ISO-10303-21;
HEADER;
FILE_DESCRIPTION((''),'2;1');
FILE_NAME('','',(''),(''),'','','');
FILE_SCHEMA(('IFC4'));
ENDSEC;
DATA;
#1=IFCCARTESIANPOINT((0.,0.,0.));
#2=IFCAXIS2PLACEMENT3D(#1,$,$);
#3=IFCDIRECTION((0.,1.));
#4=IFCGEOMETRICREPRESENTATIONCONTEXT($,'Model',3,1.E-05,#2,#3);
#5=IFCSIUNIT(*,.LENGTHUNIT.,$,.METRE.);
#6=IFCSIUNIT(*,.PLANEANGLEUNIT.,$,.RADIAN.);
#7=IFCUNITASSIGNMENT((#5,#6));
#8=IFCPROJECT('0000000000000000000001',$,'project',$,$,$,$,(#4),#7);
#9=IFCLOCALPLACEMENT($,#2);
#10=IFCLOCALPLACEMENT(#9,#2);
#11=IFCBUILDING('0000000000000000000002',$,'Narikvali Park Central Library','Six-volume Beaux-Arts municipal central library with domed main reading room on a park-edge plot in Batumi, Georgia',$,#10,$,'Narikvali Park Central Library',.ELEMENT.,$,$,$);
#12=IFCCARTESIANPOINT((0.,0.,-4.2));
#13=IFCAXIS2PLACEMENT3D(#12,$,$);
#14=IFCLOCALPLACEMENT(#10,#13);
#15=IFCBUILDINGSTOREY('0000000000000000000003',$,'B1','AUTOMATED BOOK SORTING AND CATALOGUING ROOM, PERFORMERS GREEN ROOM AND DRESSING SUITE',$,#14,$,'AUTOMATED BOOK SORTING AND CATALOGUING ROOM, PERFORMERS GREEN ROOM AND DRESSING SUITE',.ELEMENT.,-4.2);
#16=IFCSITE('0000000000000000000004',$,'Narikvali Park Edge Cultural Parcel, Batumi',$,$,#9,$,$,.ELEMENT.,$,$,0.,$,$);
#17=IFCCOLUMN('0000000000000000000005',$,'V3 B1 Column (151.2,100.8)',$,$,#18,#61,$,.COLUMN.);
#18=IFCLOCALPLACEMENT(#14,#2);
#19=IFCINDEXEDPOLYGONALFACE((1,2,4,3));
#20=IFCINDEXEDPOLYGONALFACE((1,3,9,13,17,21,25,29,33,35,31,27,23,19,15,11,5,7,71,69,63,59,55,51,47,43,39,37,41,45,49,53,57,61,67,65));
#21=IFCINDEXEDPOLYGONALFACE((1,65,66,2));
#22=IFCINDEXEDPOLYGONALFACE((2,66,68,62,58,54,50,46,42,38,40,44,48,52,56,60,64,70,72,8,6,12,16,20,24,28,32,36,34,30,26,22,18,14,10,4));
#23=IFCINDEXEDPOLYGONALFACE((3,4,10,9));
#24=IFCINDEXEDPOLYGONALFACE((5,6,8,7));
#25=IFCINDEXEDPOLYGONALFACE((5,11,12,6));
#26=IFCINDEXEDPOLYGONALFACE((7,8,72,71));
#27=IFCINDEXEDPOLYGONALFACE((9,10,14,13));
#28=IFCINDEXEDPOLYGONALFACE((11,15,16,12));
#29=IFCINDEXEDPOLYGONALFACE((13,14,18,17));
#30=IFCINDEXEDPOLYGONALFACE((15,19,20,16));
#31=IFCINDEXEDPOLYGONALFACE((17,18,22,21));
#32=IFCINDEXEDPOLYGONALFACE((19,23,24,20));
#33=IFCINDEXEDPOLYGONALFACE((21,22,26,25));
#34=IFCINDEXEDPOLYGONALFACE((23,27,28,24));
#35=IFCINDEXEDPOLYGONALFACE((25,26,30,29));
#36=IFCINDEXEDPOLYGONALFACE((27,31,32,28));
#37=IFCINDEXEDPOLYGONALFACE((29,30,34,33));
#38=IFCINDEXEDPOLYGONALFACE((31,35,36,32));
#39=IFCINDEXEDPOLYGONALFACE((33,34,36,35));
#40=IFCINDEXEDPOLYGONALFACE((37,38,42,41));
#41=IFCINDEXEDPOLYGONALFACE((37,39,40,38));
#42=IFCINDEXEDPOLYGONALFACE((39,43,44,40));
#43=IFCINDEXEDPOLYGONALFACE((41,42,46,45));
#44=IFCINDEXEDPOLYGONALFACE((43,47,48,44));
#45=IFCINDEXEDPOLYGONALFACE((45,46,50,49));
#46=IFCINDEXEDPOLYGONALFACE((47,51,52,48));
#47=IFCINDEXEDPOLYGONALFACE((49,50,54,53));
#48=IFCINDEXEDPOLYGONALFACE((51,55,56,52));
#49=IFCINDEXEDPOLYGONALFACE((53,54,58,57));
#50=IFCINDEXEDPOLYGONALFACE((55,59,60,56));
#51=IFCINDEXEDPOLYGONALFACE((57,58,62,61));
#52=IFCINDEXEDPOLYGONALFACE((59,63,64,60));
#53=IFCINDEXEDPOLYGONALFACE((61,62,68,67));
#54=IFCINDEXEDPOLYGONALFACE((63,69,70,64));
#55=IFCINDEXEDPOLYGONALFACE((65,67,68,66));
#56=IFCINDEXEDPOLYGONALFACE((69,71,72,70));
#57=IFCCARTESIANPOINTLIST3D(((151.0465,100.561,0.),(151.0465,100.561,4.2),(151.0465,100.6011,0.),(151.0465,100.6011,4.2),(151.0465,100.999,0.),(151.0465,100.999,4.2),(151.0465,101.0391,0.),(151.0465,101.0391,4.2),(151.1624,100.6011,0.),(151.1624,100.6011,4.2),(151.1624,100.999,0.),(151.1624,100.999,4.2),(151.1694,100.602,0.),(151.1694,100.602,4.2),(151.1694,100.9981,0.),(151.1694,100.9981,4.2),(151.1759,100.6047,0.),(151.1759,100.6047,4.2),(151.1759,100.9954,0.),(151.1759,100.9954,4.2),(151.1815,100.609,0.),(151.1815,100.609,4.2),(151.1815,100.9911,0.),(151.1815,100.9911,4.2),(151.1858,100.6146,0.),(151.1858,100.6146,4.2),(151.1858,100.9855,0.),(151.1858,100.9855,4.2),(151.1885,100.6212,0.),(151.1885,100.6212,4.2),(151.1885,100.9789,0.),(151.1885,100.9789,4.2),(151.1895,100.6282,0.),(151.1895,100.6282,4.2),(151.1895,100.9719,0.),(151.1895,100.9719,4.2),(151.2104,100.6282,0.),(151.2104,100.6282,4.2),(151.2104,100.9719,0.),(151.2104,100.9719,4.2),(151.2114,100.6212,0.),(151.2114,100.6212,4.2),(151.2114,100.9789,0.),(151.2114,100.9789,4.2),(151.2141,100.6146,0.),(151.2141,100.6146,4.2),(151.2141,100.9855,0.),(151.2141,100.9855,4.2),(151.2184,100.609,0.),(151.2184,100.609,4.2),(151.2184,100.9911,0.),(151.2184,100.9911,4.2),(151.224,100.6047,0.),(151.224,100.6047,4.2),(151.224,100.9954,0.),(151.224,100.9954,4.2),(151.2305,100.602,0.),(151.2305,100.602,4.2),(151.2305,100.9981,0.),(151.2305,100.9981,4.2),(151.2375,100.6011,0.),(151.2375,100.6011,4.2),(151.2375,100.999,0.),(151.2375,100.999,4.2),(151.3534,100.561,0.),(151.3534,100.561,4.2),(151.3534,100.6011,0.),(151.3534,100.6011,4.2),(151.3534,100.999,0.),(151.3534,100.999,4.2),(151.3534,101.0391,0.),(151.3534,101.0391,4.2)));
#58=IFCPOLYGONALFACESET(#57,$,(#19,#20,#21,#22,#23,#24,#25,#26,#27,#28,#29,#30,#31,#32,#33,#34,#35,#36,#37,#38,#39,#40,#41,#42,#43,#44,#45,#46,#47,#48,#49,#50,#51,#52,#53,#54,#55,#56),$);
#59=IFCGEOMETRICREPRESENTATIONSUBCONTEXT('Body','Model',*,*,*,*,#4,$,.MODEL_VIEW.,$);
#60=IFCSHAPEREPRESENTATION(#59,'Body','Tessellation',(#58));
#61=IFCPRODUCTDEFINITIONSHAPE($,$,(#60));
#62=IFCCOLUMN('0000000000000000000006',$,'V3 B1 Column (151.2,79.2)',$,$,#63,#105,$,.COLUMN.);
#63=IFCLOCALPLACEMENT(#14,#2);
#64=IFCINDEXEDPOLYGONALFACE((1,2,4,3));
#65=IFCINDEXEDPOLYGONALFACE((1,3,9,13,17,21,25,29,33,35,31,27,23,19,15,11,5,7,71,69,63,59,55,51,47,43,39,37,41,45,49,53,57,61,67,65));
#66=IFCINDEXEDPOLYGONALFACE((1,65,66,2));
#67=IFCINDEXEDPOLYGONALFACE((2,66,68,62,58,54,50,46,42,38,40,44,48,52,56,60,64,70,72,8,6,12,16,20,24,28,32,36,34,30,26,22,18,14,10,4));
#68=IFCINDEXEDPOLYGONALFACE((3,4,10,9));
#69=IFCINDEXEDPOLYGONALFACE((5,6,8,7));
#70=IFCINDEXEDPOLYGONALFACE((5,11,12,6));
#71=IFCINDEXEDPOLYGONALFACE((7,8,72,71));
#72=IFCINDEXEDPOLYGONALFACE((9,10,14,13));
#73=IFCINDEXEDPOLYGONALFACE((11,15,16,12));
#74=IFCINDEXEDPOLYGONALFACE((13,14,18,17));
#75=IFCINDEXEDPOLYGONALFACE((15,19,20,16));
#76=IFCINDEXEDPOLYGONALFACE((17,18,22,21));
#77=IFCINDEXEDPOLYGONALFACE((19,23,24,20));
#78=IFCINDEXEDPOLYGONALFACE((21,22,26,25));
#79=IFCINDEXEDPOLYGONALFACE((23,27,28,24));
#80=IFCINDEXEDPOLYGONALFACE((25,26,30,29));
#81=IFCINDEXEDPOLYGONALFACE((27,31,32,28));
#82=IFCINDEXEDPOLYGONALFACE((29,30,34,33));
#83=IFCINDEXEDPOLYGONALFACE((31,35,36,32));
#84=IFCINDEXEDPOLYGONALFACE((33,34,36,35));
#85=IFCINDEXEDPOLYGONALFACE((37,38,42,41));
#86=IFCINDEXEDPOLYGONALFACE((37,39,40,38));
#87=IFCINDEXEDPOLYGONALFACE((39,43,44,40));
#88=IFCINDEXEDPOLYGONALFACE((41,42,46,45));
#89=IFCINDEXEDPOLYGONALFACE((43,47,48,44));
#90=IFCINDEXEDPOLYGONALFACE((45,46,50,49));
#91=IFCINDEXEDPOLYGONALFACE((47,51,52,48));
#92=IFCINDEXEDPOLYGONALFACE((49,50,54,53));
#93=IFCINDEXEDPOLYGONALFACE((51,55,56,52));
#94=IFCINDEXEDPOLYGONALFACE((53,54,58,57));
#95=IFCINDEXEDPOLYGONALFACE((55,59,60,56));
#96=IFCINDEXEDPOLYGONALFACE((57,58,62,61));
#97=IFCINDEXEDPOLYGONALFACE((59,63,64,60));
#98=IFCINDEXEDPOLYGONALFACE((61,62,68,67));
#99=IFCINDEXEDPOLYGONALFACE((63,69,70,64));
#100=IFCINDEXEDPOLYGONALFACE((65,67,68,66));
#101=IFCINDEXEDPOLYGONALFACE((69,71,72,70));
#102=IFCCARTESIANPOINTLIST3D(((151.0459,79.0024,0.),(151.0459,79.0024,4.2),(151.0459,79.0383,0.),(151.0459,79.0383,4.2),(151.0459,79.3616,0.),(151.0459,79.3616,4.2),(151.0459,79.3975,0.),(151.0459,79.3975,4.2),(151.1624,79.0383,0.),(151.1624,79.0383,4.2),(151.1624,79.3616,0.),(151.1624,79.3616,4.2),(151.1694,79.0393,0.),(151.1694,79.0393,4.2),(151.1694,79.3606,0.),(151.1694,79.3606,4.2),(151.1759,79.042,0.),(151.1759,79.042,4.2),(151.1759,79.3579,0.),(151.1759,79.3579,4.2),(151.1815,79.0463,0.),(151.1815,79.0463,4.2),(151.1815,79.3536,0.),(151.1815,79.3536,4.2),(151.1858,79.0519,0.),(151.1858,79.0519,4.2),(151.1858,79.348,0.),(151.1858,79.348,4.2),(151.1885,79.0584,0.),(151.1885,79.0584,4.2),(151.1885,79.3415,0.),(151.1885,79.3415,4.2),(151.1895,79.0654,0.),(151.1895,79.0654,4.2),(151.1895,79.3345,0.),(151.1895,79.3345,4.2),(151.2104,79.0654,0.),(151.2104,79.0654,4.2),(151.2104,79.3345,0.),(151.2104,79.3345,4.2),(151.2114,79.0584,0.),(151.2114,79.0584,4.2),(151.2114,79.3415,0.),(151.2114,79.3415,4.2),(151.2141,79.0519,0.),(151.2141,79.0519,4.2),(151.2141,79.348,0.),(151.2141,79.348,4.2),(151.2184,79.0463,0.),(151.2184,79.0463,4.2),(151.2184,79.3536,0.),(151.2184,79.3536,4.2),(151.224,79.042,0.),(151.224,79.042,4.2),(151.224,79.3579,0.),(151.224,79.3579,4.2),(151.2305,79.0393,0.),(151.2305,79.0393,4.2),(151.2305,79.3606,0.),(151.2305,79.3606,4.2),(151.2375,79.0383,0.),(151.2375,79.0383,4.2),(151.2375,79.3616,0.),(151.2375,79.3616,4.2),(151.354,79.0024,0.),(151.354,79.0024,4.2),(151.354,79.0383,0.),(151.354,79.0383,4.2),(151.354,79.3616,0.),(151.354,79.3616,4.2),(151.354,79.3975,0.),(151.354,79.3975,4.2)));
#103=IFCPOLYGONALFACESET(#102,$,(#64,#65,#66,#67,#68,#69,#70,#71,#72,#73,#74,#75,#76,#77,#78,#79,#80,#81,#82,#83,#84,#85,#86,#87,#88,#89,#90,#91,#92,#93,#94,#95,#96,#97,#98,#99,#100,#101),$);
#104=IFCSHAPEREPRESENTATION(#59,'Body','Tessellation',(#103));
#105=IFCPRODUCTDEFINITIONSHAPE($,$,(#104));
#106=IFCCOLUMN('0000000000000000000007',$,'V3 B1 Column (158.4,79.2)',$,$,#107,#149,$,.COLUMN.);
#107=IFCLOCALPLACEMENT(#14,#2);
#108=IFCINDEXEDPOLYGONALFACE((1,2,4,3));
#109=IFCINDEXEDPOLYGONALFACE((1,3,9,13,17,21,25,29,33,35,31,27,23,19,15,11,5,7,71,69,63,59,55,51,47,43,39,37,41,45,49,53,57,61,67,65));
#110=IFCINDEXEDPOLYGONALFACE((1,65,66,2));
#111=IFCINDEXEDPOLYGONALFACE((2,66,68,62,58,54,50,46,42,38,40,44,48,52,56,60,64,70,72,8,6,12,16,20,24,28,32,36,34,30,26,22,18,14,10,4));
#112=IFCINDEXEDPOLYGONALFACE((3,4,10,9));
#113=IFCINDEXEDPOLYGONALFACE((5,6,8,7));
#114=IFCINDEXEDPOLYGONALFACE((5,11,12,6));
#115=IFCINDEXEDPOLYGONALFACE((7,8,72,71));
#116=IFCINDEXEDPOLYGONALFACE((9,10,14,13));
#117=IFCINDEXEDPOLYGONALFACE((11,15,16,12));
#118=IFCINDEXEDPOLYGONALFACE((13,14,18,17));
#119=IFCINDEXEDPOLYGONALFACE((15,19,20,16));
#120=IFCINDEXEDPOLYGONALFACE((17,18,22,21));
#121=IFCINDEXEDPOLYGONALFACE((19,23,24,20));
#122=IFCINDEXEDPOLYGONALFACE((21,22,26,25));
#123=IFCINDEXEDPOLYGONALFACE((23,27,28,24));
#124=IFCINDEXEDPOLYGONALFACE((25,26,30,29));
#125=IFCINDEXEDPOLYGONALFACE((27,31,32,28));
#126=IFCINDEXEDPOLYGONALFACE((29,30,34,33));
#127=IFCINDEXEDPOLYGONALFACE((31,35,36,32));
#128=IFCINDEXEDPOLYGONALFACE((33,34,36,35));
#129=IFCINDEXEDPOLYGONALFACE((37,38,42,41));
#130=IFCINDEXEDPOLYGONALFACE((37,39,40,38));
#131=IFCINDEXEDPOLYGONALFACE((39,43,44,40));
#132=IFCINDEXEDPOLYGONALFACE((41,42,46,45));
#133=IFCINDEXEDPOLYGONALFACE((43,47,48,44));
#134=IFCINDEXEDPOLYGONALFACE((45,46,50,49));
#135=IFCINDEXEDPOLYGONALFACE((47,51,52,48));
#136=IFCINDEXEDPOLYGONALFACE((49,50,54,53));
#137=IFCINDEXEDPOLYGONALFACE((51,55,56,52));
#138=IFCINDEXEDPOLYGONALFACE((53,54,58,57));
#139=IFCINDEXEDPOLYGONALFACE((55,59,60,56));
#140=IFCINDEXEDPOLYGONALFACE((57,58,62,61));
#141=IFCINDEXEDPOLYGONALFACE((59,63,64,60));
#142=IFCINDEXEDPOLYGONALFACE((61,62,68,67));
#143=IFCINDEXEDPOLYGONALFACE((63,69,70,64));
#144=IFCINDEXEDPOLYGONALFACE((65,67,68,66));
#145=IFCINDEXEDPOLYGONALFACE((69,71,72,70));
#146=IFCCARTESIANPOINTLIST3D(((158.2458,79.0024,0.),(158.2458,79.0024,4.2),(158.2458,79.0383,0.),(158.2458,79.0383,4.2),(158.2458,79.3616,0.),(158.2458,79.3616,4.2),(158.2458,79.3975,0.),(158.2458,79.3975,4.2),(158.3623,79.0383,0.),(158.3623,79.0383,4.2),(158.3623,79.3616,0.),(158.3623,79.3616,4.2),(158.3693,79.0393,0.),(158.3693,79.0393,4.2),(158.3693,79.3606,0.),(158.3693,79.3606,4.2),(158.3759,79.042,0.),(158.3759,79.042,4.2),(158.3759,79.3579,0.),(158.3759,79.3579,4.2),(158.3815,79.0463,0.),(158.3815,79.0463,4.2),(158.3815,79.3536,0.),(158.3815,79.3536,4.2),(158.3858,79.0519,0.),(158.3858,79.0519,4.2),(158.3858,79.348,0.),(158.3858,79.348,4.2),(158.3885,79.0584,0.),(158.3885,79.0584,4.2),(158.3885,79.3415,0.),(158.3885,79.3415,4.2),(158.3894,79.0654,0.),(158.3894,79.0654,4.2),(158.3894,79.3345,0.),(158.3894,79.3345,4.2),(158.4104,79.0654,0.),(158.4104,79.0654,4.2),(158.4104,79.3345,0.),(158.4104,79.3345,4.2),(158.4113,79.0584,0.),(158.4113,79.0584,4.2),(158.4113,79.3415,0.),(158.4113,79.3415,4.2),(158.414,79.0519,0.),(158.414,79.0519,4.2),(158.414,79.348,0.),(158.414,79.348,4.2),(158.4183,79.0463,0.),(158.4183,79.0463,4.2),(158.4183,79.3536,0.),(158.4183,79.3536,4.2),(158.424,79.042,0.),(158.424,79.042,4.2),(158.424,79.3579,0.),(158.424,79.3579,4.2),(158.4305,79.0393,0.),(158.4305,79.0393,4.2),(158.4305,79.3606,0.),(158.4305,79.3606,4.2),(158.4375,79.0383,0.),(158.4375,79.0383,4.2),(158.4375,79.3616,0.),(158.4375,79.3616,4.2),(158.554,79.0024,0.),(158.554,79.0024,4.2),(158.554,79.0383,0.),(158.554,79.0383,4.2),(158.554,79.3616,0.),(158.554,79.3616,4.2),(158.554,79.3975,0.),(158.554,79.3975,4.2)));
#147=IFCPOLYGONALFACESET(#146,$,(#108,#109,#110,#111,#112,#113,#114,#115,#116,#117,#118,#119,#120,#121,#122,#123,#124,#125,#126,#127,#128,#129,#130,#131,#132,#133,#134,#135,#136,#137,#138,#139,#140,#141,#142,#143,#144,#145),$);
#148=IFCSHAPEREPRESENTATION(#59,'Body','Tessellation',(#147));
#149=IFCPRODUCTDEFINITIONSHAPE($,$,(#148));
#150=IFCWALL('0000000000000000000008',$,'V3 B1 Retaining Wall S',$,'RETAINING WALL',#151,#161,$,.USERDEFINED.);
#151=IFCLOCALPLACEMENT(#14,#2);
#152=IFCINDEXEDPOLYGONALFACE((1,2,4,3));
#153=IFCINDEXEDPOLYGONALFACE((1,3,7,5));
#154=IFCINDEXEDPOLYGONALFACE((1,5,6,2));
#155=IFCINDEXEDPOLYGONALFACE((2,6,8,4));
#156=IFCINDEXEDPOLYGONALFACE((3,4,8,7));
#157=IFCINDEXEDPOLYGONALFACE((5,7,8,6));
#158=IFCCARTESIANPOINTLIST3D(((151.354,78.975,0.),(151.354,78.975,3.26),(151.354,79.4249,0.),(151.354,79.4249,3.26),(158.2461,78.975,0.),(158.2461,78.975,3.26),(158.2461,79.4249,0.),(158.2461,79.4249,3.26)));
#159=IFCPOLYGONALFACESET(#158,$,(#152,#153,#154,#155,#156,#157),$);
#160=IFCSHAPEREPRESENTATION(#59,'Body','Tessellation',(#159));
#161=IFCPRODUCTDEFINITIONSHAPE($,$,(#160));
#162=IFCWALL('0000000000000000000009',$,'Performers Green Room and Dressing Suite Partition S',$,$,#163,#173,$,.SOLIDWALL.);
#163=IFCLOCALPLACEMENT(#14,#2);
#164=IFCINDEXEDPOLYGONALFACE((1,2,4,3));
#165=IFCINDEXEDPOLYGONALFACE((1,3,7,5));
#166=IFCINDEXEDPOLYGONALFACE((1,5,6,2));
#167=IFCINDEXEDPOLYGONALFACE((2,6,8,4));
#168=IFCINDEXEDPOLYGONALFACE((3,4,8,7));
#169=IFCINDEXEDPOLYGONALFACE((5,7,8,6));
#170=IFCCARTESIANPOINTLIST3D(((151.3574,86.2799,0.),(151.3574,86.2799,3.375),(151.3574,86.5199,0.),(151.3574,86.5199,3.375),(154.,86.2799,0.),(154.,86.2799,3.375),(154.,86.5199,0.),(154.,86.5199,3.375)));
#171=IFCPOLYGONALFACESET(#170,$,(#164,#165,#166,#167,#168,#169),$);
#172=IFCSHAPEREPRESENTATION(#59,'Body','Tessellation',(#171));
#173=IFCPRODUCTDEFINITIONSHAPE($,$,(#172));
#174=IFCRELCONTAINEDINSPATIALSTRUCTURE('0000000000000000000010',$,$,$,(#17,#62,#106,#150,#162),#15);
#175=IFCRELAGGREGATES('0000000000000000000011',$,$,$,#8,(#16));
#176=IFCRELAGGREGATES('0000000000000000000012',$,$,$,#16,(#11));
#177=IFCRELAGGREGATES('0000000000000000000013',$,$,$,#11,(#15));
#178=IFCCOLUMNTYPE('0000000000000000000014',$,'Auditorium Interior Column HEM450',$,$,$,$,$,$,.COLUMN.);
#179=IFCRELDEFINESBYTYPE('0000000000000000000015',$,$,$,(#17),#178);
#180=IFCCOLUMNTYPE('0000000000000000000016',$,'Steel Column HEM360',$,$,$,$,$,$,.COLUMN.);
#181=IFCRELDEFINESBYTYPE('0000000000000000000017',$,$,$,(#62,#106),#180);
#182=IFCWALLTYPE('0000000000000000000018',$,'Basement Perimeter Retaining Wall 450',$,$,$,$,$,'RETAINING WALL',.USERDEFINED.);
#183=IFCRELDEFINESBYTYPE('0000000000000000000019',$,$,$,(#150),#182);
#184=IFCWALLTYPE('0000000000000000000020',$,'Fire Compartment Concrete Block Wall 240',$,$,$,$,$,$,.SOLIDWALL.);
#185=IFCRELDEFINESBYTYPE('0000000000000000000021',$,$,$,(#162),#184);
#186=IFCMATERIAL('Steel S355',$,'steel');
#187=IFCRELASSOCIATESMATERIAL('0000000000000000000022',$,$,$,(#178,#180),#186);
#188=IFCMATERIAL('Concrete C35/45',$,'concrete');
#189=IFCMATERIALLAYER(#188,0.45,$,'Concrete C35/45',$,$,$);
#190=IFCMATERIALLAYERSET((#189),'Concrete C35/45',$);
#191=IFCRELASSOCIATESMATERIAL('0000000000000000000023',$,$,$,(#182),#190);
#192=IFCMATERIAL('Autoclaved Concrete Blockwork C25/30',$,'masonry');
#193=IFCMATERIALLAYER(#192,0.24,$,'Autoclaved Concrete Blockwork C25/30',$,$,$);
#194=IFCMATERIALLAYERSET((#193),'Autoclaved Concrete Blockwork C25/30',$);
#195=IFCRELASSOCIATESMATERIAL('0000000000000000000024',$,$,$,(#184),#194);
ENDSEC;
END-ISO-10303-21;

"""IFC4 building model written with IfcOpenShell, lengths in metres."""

from ifc_helpers import new_model, si_unit, direction, frame, frame_2d, origin, origin_2d, place, context, subcontext, project, spatial, rectangle, i_section, extrude, material, layer, layer_set, material_profile, profile_set, type_object, element, save


model = new_model("IFC4")

# Units and contexts
model_context = context("Model", 3, precision=1e-05, world=origin(), true_north=direction((0.0, 1.0)))
body_context = subcontext(model_context, "Body", "Model", "MODEL_VIEW")
ifc_project = project(units=[si_unit("LENGTHUNIT", "METRE"), si_unit("PLANEANGLEUNIT", "RADIAN")], contexts=[model_context])

# Site, building, storey
site_placement = place(None, origin())
site = spatial("IfcSite", under=ifc_project, at=site_placement, Name="Narikvali Park Edge Cultural Parcel, Batumi", CompositionType="ELEMENT", RefElevation=0.0)
building_placement = place(site_placement, origin())
building = spatial("IfcBuilding", under=site, at=building_placement, Name="Narikvali Park Central Library", Description="Six-volume Beaux-Arts municipal central library with domed main reading room on a park-edge plot in Batumi, Georgia", LongName="Narikvali Park Central Library", CompositionType="ELEMENT")
storey_placement = place(building_placement, frame((0.0, 0.0, -4.2)))
storey = spatial("IfcBuildingStorey", under=building, at=storey_placement, Name="B1", Description="AUTOMATED BOOK SORTING AND CATALOGUING ROOM, PERFORMERS GREEN ROOM AND DRESSING SUITE", LongName="AUTOMATED BOOK SORTING AND CATALOGUING ROOM, PERFORMERS GREEN ROOM AND DRESSING SUITE", CompositionType="ELEMENT", Elevation=-4.2)

# Shared definitions
ifc_material_1 = material(Name="Concrete C35/45", Category="concrete")

# Columns
ifc_material_2 = material(Name="Steel S355", Category="steel")
ifc_material_profile_1 = material_profile(ifc_material_2, i_section(OverallWidth=0.3069, OverallDepth=0.478, WebThickness=0.021, FlangeThickness=0.04, FilletRadius=0.0271, at=origin_2d()), Name="HEM 450")
ifc_profile_set_1 = profile_set([ifc_material_profile_1], Name="Steel S355")
column_type_1 = type_object("IfcColumnType", Name="Auditorium Interior Column HEM450", PredefinedType="COLUMN", material=ifc_profile_set_1)
for number, where, z_axis, x_axis, name in (
    (1, (151.2, 100.8, 0.0), (0.0, 0.0, 1.0), (1.0, 0.0, 0.0), "V3 B1 Column (151.2,100.8)"),
):
    element("IfcColumn", number, at=place(storey_placement, frame(where, z_axis=z_axis, x_axis=x_axis)), inside=storey, type_object=column_type_1, Name=name, PredefinedType="COLUMN", context=body_context, shape_type="SweptSolid", body=[
        extrude(i_section(OverallWidth=0.3069, OverallDepth=0.478, WebThickness=0.021, FlangeThickness=0.04, FilletRadius=0.0271, at=origin_2d()), origin(), (0.0, 0.0, 1.0), 4.2),
    ])
ifc_material_profile_2 = material_profile(ifc_material_2, i_section(OverallWidth=0.3081, OverallDepth=0.395, WebThickness=0.021, FlangeThickness=0.0359, FilletRadius=0.0271, at=origin_2d()), Name="HEM 360")
ifc_profile_set_2 = profile_set([ifc_material_profile_2], Name="Steel S355")
column_type_2 = type_object("IfcColumnType", Name="Steel Column HEM360", PredefinedType="COLUMN", material=ifc_profile_set_2)
for number, where, z_axis, x_axis, name in (
    (2, (151.2, 79.2, 0.0), (0.0, 0.0, 1.0), (1.0, 0.0, 0.0), "V3 B1 Column (151.2,79.2)"),
    (3, (158.3999, 79.2, 0.0), (0.0, 0.0, 1.0), (1.0, 0.0, 0.0), "V3 B1 Column (158.4,79.2)"),
):
    element("IfcColumn", number, at=place(storey_placement, frame(where, z_axis=z_axis, x_axis=x_axis)), inside=storey, type_object=column_type_2, Name=name, PredefinedType="COLUMN", context=body_context, shape_type="SweptSolid", body=[
        extrude(i_section(OverallWidth=0.3081, OverallDepth=0.395, WebThickness=0.021, FlangeThickness=0.0359, FilletRadius=0.0271, at=origin_2d()), origin(), (0.0, 0.0, 1.0), 4.2),
    ])

# Walls
ifc_layer_1 = layer(ifc_material_1, 0.45, Name="Concrete C35/45")
ifc_layer_set_1 = layer_set([ifc_layer_1], Name="Concrete C35/45")
wall_type_1 = type_object("IfcWallType", Name="Basement Perimeter Retaining Wall 450", ElementType="RETAINING WALL", PredefinedType="USERDEFINED", material=ifc_layer_set_1)
wall_1_placement = place(storey_placement, frame((151.354, 79.2, 0.0), z_axis=(0.0, 0.0, 1.0), x_axis=(1.0, 0.0, 0.0)))
element("IfcWall", 4, at=wall_1_placement, inside=storey, type_object=wall_type_1, Name="V3 B1 Retaining Wall S", ObjectType="RETAINING WALL", PredefinedType="USERDEFINED", context=body_context, shape_type="SweptSolid", body=[
    extrude(rectangle(XDim=6.8921, YDim=0.45, at=frame_2d((3.446, 0.0))), origin(), (0.0, 0.0, 1.0), 3.26),
])
ifc_material_3 = material(Name="Autoclaved Concrete Blockwork C25/30", Category="masonry")
ifc_layer_2 = layer(ifc_material_3, 0.24, Name="Autoclaved Concrete Blockwork C25/30")
ifc_layer_set_2 = layer_set([ifc_layer_2], Name="Autoclaved Concrete Blockwork C25/30")
wall_type_2 = type_object("IfcWallType", Name="Fire Compartment Concrete Block Wall 240", PredefinedType="SOLIDWALL", material=ifc_layer_set_2)
wall_2_placement = place(storey_placement, frame((151.3574, 86.3999, 0.0), z_axis=(0.0, 0.0, 1.0), x_axis=(1.0, 0.0, 0.0)))
element("IfcWall", 5, at=wall_2_placement, inside=storey, type_object=wall_type_2, Name="Performers Green Room and Dressing Suite Partition S", PredefinedType="SOLIDWALL", context=body_context, shape_type="SweptSolid", body=[
    extrude(rectangle(XDim=2.6426, YDim=0.24, at=frame_2d((1.3213, 0.0))), origin(), (0.0, 0.0, 1.0), 3.375),
])

save(model, "model.ifc")
